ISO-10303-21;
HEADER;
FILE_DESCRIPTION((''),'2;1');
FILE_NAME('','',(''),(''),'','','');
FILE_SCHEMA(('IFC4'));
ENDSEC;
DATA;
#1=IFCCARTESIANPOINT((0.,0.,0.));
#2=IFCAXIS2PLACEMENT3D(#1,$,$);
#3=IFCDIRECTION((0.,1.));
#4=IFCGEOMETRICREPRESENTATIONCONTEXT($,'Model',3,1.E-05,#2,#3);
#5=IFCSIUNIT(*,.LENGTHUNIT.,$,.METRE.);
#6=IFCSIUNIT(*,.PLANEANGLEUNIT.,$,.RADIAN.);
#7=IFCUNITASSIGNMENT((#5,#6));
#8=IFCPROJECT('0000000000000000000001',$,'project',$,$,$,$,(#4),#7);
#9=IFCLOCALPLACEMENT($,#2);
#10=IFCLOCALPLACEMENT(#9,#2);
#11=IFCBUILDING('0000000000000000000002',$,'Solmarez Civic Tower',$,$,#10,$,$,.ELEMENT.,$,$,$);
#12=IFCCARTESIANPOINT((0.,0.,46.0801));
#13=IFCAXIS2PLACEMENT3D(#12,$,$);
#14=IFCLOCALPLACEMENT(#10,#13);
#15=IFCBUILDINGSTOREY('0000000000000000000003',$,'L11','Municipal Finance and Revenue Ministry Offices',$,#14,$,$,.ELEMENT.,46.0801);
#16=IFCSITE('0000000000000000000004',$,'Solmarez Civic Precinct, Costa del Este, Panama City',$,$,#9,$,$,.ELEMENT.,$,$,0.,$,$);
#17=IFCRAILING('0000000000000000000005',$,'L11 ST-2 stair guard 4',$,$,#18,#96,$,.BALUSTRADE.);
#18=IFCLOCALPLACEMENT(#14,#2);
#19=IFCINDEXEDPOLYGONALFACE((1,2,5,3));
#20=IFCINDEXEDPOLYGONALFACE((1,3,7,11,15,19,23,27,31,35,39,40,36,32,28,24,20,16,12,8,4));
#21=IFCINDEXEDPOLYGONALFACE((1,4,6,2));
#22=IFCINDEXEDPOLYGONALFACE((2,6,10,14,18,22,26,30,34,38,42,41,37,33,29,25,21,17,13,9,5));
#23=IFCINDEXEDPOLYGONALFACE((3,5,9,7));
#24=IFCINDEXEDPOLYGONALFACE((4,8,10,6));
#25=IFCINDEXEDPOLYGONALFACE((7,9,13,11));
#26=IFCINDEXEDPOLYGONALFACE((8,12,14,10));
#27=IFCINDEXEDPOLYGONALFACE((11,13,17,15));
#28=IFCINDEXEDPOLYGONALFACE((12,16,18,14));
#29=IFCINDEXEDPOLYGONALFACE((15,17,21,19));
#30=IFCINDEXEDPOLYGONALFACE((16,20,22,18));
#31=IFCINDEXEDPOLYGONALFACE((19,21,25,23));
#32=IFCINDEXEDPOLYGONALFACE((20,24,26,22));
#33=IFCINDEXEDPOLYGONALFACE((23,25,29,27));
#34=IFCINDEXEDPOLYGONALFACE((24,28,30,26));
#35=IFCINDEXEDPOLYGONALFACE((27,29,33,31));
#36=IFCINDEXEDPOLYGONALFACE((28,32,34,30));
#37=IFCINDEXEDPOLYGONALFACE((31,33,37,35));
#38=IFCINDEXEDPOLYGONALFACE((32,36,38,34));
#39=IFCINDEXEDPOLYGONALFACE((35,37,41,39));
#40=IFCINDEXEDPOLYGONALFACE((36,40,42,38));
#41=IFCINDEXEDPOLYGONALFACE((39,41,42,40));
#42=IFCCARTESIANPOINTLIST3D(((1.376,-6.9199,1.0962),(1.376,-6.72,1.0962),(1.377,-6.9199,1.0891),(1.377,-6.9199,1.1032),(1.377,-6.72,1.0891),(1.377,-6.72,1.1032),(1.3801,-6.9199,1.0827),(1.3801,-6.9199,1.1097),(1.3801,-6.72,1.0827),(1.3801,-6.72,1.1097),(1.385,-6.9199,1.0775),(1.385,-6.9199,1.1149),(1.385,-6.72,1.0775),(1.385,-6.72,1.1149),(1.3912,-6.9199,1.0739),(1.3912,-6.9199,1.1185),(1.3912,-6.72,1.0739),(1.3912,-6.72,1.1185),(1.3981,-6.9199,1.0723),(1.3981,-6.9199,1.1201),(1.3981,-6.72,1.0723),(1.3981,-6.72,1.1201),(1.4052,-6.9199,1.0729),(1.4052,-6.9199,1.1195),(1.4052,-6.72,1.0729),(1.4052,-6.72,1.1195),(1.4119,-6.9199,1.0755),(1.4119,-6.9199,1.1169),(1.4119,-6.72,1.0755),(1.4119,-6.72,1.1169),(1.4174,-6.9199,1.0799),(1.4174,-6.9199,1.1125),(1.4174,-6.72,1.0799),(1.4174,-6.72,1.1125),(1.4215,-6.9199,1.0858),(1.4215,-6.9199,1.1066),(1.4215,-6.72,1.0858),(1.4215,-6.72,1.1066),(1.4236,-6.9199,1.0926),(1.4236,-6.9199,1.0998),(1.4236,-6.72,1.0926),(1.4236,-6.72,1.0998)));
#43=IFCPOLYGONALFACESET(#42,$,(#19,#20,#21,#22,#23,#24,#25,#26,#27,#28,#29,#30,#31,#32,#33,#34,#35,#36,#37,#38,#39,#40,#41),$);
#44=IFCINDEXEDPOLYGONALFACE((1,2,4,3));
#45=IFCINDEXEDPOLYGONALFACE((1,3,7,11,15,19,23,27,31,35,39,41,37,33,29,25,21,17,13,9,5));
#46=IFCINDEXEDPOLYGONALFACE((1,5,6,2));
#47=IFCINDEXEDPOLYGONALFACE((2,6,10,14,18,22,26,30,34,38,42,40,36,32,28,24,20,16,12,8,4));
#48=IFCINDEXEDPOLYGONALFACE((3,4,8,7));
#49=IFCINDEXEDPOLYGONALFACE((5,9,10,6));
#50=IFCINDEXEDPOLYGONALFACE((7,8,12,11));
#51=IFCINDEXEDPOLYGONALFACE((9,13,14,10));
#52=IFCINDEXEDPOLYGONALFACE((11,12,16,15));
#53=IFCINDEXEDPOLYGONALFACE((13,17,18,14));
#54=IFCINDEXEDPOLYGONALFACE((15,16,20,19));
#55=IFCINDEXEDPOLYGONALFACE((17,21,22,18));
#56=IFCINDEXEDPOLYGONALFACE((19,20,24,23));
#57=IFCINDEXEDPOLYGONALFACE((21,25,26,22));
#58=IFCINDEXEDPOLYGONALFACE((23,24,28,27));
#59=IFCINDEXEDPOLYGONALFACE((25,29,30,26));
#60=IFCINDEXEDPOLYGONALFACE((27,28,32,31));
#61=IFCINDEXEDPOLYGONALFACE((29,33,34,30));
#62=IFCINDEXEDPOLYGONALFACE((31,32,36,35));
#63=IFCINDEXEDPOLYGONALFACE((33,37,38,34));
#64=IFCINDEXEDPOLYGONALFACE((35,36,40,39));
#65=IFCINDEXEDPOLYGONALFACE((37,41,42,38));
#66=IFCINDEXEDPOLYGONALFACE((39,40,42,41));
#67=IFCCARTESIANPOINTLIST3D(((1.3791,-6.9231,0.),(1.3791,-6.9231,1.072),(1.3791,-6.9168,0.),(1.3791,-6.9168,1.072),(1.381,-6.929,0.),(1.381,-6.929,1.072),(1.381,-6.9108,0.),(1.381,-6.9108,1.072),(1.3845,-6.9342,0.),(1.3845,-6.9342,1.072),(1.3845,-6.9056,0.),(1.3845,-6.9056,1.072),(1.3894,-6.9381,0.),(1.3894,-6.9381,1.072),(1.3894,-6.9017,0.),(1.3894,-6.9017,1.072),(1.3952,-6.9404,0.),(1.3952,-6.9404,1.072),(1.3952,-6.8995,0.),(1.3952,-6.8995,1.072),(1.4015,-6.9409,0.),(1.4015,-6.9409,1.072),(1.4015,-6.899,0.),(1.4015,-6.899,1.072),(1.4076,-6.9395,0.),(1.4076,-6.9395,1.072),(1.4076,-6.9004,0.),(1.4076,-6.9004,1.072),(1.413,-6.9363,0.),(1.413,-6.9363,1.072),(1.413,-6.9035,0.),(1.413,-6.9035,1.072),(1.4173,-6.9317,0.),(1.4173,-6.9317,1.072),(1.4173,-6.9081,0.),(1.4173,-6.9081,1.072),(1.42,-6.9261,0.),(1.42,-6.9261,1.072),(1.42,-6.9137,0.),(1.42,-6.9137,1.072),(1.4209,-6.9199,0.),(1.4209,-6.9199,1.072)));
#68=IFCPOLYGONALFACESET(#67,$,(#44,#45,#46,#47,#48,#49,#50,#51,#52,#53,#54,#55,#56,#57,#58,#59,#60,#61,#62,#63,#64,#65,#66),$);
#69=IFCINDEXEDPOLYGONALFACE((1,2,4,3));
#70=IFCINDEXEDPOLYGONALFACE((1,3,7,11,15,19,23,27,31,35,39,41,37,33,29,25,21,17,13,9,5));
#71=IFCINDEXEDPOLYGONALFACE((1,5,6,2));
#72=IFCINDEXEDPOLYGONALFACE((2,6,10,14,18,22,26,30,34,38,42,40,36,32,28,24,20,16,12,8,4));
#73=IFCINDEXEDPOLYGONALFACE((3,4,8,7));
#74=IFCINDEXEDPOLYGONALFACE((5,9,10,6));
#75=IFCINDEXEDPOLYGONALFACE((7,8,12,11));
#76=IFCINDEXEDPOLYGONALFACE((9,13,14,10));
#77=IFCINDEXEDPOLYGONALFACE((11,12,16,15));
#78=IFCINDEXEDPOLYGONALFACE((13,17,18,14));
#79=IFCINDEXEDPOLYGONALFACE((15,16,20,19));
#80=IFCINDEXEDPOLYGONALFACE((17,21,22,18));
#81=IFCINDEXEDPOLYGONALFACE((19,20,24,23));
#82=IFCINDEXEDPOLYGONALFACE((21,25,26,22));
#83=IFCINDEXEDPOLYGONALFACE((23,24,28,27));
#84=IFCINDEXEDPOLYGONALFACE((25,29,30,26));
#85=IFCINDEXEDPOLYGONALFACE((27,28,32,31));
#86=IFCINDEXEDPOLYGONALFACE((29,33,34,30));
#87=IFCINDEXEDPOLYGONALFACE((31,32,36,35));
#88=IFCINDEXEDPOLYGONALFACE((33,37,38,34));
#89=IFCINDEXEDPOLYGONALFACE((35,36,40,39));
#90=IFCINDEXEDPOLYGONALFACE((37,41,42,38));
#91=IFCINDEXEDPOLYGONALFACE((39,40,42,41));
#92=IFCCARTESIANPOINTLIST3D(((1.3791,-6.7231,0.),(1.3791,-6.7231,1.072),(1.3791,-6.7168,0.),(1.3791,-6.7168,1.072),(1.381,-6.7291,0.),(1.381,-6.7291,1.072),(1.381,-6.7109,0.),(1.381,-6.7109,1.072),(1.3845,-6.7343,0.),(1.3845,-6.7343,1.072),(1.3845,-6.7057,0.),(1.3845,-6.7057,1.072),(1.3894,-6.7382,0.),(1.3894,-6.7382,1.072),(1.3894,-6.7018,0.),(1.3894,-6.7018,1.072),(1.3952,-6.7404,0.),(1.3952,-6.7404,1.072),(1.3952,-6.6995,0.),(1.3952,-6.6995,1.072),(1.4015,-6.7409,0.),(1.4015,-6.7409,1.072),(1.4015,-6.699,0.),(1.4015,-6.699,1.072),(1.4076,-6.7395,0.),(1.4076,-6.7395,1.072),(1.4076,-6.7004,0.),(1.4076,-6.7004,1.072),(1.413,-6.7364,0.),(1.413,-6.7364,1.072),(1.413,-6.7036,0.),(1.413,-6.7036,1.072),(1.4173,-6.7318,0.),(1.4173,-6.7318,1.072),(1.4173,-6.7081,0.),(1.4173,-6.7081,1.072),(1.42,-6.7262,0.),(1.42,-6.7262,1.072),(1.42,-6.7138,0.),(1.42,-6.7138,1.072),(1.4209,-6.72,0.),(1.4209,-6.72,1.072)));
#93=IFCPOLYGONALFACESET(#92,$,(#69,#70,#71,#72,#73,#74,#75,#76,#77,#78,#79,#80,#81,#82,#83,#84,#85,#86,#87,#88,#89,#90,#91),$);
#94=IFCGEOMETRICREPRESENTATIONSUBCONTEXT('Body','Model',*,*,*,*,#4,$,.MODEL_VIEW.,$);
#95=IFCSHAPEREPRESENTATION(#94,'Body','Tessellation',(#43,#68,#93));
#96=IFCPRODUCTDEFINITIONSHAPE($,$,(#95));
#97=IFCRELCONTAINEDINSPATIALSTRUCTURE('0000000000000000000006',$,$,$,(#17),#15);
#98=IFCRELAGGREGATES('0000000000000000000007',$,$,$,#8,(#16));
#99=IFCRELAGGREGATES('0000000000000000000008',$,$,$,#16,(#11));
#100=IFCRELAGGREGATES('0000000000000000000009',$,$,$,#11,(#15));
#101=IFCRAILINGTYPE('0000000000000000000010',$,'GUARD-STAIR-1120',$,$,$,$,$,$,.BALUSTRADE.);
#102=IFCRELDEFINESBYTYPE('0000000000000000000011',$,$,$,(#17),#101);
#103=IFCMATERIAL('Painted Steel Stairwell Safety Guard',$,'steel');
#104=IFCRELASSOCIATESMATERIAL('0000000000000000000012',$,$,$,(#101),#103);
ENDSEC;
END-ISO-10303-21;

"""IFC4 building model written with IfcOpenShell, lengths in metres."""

from ifc_helpers import new_model, si_unit, direction, frame, origin, origin_2d, place, context, subcontext, project, spatial, circle, extrude, material, type_object, element, save


model = new_model("IFC4")

# Units and contexts
model_context = context("Model", 3, precision=1e-05, world=origin(), true_north=direction((0.0, 1.0)))
body_context = subcontext(model_context, "Body", "Model", "MODEL_VIEW")
ifc_project = project(units=[si_unit("LENGTHUNIT", "METRE"), si_unit("PLANEANGLEUNIT", "RADIAN")], contexts=[model_context])

# Site, building, storey
site_placement = place(None, origin())
site = spatial("IfcSite", under=ifc_project, at=site_placement, Name="Solmarez Civic Precinct, Costa del Este, Panama City", CompositionType="ELEMENT", RefElevation=0.0)
building_placement = place(site_placement, origin())
building = spatial("IfcBuilding", under=site, at=building_placement, Name="Solmarez Civic Tower", CompositionType="ELEMENT")
storey_placement = place(building_placement, frame((0.0, 0.0, 46.0801)))
storey = spatial("IfcBuildingStorey", under=building, at=storey_placement, Name="L11", Description="Municipal Finance and Revenue Ministry Offices", CompositionType="ELEMENT", Elevation=46.0801)

# Railing
ifc_material_1 = material(Name="Painted Steel Stairwell Safety Guard", Category="steel")
railing_type_1 = type_object("IfcRailingType", Name="GUARD-STAIR-1120", PredefinedType="BALUSTRADE", material=ifc_material_1)
railing_1_placement = place(storey_placement, frame((1.3999, -6.9199, 0.0)))
element("IfcRailing", 1, at=railing_1_placement, inside=storey, type_object=railing_type_1, Name="L11 ST-2 stair guard 4", PredefinedType="BALUSTRADE", context=body_context, shape_type="SweptSolid", body=[
    extrude(circle(Radius=0.0239, at=origin_2d()), frame((0.0, 0.0, 1.0962), z_axis=(0.0, 1.0, 0.0), x_axis=(-1.0, 0.0, 0.0)), (0.0, 0.0, 1.0), 0.2),
    extrude(circle(Radius=0.021, at=origin_2d()), origin(), (0.0, 0.0, 1.0), 1.072),
    extrude(circle(Radius=0.021, at=origin_2d()), frame((0.0, 0.2, 0.0)), (0.0, 0.0, 1.0), 1.072),
])

save(model, "model.ifc")
